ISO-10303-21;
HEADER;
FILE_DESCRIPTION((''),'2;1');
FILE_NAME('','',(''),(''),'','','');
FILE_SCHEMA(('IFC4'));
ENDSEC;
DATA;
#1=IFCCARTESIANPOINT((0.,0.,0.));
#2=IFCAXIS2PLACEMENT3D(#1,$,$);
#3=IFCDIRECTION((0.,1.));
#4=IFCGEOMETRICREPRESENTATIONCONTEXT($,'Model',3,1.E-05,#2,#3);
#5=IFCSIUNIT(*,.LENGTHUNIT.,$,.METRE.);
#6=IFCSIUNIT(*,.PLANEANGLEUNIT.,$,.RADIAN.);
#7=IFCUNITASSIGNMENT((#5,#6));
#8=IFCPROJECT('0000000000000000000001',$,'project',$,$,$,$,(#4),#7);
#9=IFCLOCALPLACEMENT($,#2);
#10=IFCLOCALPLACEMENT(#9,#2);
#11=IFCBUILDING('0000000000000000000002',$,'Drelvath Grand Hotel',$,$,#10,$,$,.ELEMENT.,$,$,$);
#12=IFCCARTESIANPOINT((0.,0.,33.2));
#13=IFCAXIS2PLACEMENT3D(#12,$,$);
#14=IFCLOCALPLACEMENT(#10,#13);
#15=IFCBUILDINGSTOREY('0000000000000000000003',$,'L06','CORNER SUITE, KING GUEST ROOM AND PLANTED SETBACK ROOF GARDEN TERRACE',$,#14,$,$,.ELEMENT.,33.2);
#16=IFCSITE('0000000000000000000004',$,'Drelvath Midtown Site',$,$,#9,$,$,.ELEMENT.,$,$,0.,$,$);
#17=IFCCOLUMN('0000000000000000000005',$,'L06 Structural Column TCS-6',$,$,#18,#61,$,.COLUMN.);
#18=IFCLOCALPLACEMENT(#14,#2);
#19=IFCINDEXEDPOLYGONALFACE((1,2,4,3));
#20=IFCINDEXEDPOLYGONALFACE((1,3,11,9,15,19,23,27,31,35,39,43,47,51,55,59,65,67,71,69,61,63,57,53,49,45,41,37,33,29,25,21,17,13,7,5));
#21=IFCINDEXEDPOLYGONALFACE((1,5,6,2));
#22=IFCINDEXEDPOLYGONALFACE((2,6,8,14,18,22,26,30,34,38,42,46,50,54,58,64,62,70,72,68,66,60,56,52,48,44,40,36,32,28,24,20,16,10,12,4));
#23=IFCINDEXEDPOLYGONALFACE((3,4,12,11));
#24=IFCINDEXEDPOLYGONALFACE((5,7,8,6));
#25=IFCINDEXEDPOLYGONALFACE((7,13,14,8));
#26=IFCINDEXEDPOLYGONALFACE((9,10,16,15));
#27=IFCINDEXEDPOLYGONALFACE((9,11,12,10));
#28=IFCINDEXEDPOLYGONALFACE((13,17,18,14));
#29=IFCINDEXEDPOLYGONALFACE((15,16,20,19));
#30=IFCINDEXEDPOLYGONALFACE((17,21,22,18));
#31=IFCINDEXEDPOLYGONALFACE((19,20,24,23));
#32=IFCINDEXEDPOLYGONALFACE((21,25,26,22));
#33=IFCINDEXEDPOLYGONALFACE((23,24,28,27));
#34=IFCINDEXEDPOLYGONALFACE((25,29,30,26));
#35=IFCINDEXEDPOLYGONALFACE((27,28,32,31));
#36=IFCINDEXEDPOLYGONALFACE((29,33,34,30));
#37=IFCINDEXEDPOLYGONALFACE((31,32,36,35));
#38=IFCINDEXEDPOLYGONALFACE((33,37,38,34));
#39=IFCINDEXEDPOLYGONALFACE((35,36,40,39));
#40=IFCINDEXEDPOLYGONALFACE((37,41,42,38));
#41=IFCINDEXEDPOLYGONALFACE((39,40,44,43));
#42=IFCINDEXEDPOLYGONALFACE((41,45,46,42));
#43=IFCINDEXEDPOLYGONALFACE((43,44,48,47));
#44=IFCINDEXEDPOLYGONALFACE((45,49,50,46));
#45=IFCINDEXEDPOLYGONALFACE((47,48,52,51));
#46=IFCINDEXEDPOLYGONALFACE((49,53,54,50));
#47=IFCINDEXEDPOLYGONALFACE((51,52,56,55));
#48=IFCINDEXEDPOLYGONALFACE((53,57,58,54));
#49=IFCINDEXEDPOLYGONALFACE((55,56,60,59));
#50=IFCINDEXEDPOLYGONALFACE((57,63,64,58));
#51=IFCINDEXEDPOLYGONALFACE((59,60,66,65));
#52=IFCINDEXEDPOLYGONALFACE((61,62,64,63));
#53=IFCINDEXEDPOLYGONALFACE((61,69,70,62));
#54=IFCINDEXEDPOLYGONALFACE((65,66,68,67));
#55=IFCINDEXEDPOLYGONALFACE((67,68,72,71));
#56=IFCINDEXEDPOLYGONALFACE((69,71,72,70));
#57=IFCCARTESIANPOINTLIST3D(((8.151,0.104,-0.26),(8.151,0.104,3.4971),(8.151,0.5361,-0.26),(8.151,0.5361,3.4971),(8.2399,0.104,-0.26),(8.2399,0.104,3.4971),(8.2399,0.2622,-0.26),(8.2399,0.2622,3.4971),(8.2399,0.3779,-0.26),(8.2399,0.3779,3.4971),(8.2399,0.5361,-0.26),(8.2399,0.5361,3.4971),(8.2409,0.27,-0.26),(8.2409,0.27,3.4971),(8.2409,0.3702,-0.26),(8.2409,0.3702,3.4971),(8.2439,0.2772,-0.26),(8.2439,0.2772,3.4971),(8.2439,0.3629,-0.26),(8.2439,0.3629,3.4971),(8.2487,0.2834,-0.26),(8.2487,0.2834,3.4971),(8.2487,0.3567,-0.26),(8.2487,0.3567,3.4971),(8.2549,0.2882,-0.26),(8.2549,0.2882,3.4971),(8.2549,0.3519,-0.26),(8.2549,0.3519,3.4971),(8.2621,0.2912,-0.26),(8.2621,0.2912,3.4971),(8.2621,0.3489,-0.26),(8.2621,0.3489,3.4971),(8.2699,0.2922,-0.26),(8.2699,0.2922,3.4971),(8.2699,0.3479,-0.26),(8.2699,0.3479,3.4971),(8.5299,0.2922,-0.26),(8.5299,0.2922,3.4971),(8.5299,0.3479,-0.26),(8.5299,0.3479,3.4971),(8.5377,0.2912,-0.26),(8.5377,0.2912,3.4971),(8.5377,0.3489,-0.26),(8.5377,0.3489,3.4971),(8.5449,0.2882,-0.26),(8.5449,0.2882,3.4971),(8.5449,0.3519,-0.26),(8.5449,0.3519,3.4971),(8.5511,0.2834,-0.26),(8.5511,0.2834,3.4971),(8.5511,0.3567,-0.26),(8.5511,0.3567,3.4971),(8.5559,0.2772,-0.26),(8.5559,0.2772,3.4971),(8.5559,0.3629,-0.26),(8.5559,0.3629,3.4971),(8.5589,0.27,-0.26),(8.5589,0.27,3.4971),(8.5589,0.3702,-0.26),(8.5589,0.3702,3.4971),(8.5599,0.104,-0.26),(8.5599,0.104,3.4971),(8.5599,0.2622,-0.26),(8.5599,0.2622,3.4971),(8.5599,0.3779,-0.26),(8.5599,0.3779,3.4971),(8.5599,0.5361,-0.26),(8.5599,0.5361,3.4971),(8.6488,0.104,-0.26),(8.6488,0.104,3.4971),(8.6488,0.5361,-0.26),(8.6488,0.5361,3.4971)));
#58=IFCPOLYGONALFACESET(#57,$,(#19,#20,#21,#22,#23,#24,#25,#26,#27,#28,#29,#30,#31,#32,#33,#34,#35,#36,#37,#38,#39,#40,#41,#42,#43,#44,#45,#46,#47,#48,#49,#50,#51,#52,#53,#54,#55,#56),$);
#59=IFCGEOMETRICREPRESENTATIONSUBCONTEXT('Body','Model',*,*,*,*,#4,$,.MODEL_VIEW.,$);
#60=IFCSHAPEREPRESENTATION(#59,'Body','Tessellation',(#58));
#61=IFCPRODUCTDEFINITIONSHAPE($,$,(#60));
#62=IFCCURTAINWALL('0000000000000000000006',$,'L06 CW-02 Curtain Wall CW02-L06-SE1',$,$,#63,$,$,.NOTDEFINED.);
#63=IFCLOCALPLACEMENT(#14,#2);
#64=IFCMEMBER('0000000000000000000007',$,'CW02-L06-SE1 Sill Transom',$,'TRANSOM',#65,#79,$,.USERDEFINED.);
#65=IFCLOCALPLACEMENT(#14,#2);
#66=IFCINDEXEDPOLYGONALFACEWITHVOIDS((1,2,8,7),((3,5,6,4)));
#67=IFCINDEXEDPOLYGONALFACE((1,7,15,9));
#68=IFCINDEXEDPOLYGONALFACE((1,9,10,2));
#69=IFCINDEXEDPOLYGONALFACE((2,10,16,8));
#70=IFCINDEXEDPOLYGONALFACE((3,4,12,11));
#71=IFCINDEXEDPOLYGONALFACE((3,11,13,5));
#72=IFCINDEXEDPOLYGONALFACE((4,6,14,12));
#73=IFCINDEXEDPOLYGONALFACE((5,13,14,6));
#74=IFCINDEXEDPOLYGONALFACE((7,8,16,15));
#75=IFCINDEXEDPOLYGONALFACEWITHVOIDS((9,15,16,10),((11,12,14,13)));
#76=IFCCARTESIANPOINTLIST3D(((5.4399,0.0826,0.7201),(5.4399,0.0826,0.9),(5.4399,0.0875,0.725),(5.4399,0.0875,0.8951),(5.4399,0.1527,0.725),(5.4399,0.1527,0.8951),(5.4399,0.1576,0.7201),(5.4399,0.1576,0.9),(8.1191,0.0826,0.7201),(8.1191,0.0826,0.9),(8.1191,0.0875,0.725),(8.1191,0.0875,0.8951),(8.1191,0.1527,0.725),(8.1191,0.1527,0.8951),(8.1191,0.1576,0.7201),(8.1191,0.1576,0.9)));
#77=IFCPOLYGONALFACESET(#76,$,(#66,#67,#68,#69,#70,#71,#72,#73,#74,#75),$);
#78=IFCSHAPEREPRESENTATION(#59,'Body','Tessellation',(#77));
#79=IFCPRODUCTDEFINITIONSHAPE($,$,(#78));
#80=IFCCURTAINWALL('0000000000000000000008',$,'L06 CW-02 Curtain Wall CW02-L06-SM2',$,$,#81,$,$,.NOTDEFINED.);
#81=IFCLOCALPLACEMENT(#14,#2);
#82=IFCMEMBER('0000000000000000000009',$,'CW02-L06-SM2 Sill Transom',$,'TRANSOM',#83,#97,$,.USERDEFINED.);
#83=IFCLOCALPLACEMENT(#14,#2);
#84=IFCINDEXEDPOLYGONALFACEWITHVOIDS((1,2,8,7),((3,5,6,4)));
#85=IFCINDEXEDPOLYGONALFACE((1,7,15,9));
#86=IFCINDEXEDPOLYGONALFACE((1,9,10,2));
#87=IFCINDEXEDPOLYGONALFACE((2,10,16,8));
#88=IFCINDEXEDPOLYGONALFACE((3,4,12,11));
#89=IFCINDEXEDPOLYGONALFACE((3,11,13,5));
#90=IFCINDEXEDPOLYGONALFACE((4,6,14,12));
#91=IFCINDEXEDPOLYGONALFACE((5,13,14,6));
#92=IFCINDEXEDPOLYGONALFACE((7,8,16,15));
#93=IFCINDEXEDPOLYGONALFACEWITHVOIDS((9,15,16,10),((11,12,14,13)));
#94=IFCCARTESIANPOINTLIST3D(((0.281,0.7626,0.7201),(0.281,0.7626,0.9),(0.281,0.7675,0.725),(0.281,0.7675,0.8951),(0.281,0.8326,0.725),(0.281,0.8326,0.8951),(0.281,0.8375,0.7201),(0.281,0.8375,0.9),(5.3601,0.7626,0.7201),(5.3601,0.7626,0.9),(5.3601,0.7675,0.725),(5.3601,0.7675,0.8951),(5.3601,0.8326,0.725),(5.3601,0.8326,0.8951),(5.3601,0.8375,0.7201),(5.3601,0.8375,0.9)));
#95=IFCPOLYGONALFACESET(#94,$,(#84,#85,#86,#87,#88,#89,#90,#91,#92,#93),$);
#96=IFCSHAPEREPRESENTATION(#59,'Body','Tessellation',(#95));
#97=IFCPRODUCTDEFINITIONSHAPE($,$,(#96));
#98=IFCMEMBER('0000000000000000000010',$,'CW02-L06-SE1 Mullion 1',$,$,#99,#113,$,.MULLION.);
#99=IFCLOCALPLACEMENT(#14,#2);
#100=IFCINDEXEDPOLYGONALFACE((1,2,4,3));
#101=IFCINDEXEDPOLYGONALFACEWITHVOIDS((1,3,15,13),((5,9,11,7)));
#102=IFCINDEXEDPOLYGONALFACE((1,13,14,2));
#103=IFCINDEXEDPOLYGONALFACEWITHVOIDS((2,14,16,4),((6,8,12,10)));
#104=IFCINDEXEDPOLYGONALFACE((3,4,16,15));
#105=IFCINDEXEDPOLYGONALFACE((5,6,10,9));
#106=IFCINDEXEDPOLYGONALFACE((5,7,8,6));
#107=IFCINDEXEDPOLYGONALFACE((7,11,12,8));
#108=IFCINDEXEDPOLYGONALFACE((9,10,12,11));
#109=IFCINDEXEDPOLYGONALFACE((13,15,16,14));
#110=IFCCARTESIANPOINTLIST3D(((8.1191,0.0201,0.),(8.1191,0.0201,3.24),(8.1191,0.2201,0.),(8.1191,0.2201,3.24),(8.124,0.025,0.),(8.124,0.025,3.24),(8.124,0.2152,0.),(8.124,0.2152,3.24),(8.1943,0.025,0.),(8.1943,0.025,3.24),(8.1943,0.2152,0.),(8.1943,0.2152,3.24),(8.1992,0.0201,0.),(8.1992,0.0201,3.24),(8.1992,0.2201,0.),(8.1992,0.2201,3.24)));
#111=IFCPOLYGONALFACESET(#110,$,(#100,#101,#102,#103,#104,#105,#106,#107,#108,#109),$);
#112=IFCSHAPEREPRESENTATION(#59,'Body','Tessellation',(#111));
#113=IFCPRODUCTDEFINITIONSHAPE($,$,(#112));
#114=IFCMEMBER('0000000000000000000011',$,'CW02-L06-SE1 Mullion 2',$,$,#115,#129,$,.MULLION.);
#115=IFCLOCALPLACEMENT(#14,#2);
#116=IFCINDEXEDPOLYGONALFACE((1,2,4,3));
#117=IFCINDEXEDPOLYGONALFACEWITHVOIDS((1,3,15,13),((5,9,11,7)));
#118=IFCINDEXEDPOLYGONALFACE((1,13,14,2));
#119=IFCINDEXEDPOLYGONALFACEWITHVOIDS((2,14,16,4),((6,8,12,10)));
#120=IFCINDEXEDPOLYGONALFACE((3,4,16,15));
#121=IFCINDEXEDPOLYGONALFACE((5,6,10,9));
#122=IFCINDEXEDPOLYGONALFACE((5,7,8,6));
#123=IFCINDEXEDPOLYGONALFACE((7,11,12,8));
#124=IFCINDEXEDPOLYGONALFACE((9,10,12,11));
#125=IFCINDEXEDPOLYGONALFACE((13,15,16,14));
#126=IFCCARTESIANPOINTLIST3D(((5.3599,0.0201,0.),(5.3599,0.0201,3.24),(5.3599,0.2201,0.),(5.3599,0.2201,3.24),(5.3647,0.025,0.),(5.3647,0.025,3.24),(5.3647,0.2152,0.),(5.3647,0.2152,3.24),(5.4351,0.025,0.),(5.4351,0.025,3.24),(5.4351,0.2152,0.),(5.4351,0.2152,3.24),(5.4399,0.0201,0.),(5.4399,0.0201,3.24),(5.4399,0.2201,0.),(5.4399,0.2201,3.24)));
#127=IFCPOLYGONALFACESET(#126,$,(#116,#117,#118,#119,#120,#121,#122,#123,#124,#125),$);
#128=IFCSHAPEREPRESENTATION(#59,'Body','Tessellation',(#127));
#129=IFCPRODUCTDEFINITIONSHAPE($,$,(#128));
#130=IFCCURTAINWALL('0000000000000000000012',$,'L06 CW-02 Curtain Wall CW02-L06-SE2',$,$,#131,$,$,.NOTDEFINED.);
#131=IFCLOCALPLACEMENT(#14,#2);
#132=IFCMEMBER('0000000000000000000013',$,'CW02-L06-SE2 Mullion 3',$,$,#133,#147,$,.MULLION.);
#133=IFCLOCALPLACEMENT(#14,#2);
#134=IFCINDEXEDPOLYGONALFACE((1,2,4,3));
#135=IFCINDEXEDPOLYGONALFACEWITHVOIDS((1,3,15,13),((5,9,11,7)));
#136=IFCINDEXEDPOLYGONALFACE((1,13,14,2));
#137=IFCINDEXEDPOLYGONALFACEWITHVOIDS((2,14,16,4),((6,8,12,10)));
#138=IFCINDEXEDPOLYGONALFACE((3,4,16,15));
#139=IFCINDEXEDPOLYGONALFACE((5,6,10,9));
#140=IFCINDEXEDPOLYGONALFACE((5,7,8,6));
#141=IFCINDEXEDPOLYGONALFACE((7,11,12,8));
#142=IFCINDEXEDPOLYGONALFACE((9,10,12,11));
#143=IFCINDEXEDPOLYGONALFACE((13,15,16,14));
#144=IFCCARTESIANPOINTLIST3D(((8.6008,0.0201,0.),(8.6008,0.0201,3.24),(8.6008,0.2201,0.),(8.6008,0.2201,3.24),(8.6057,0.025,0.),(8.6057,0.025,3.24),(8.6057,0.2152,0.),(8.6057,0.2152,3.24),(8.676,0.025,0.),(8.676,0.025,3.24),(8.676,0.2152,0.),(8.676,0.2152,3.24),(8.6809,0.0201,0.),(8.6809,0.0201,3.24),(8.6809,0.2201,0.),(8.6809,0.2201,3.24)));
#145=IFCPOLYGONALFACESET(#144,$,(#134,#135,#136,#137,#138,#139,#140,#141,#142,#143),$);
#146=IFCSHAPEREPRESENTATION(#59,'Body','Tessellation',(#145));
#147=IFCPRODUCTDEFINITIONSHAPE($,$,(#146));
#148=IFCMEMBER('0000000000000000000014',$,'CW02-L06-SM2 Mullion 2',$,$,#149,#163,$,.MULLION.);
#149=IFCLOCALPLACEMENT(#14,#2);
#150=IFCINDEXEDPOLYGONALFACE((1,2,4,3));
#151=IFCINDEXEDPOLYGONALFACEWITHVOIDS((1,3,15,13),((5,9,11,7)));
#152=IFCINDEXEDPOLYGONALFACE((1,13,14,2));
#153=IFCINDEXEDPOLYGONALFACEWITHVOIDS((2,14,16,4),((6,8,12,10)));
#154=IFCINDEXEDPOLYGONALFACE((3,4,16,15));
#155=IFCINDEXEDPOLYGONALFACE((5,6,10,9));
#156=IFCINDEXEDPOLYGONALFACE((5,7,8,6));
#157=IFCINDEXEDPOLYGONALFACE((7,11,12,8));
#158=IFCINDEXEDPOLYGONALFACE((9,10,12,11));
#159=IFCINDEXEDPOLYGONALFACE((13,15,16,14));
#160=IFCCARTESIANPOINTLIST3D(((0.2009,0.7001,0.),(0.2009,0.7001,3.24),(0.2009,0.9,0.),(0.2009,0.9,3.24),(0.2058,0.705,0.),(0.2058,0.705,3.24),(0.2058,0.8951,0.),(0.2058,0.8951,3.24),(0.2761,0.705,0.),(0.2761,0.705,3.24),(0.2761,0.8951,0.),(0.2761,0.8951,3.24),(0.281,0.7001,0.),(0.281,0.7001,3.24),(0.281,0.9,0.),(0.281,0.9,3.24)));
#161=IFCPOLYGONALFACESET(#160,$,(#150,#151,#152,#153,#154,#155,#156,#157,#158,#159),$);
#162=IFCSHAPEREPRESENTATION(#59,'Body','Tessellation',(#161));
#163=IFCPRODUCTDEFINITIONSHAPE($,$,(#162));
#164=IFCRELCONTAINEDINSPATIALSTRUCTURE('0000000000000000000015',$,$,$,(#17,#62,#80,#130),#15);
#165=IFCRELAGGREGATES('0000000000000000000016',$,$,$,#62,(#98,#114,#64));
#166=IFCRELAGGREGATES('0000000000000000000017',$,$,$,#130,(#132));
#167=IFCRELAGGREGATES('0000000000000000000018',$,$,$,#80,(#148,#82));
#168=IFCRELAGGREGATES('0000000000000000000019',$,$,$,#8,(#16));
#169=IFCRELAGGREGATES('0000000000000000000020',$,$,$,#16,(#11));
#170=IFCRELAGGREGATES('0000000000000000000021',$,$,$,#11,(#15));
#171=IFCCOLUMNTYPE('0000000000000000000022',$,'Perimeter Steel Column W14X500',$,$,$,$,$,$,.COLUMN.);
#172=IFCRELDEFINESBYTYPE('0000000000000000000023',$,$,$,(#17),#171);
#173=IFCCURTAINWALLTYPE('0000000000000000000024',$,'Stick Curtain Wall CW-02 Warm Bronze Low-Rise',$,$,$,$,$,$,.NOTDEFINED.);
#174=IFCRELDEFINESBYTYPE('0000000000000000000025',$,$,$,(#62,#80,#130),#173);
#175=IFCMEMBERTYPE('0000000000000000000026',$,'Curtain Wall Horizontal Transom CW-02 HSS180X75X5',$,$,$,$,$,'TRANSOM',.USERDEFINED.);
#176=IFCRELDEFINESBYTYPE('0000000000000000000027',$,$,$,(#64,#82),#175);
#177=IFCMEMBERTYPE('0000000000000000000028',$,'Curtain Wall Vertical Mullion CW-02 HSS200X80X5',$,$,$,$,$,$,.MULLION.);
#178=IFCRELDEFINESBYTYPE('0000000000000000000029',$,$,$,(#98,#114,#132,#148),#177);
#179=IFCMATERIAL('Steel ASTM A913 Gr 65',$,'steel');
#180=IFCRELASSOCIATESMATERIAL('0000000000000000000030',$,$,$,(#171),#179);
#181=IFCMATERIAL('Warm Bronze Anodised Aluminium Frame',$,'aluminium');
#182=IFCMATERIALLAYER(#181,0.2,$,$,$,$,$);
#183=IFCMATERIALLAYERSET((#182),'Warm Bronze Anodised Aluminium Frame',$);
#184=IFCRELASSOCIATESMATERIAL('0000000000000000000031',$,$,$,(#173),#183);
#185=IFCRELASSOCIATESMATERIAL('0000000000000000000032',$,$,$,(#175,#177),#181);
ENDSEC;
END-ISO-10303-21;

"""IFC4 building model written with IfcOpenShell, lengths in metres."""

from ifc_helpers import new_model, si_unit, direction, frame, origin, origin_2d, place, context, subcontext, project, spatial, hollow_rectangle, i_section, extrude, material, layer, layer_set, material_profile, profile_set, type_object, element, aggregate, save


model = new_model("IFC4")

# Units and contexts
model_context = context("Model", 3, precision=1e-05, world=origin(), true_north=direction((0.0, 1.0)))
body_context = subcontext(model_context, "Body", "Model", "MODEL_VIEW")
ifc_project = project(units=[si_unit("LENGTHUNIT", "METRE"), si_unit("PLANEANGLEUNIT", "RADIAN")], contexts=[model_context])

# Site, building, storey
site_placement = place(None, origin())
site = spatial("IfcSite", under=ifc_project, at=site_placement, Name="Drelvath Midtown Site", CompositionType="ELEMENT", RefElevation=0.0)
building_placement = place(site_placement, origin())
building = spatial("IfcBuilding", under=site, at=building_placement, Name="Drelvath Grand Hotel", CompositionType="ELEMENT")
storey_placement = place(building_placement, frame((0.0, 0.0, 33.2)))
storey = spatial("IfcBuildingStorey", under=building, at=storey_placement, Name="L06", Description="CORNER SUITE, KING GUEST ROOM AND PLANTED SETBACK ROOF GARDEN TERRACE", CompositionType="ELEMENT", Elevation=33.2)

# Column
ifc_material_1 = material(Name="Steel ASTM A913 Gr 65", Category="steel")
ifc_material_profile_1 = material_profile(ifc_material_1, i_section(OverallWidth=0.4321, OverallDepth=0.4978, WebThickness=0.0557, FlangeThickness=0.0889, FilletRadius=0.03, at=origin_2d()), Name="W14X500")
ifc_profile_set_1 = profile_set([ifc_material_profile_1], Name="Steel ASTM A913 Gr 65")
column_type = type_object("IfcColumnType", Name="Perimeter Steel Column W14X500", PredefinedType="COLUMN", material=ifc_profile_set_1)
column_placement = place(storey_placement, frame((8.3999, 0.3201, -0.26), z_axis=(0.0, 0.0, 1.0), x_axis=(0.0, 1.0, 0.0)))
element("IfcColumn", 1, at=column_placement, inside=storey, type_object=column_type, Name="L06 Structural Column TCS-6", PredefinedType="COLUMN", context=body_context, shape_type="SweptSolid", body=[
    extrude(i_section(OverallWidth=0.4321, OverallDepth=0.4978, WebThickness=0.0557, FlangeThickness=0.0889, FilletRadius=0.03, at=origin_2d()), origin(), (0.0, 0.0, 1.0), 3.7571),
])

# Curtain walls, members
ifc_material_2 = material(Name="Warm Bronze Anodised Aluminium Frame", Category="aluminium")
ifc_layer_1 = layer(ifc_material_2, 0.2)
ifc_layer_set_1 = layer_set([ifc_layer_1], Name="Warm Bronze Anodised Aluminium Frame")
curtain_wall_type = type_object("IfcCurtainWallType", Name="Stick Curtain Wall CW-02 Warm Bronze Low-Rise", PredefinedType="NOTDEFINED", material=ifc_layer_set_1)
curtain_wall_1_placement = place(storey_placement, origin())
curtain_wall_1 = element("IfcCurtainWall", 2, at=curtain_wall_1_placement, inside=storey, type_object=curtain_wall_type, Name="L06 CW-02 Curtain Wall CW02-L06-SE1", PredefinedType="NOTDEFINED")
ifc_material_profile_2 = material_profile(ifc_material_2, hollow_rectangle(XDim=0.075, YDim=0.1799, WallThickness=0.0049, at=origin_2d()), Name="HSS180X75X5")
ifc_profile_set_2 = profile_set([ifc_material_profile_2], Name="Warm Bronze Anodised Aluminium Frame")
member_type_1 = type_object("IfcMemberType", Name="Curtain Wall Horizontal Transom CW-02 HSS180X75X5", ElementType="TRANSOM", PredefinedType="USERDEFINED", material=ifc_profile_set_2)
member_1_placement = place(storey_placement, frame((8.1191, 0.1201, 0.8101), z_axis=(-1.0, 0.0, 0.0), x_axis=(0.0, -1.0, 0.0)))
member_1 = element("IfcMember", 3, at=member_1_placement, type_object=member_type_1, Name="CW02-L06-SE1 Sill Transom", ObjectType="TRANSOM", PredefinedType="USERDEFINED", context=body_context, shape_type="SweptSolid", body=[
    extrude(hollow_rectangle(XDim=0.075, YDim=0.1799, WallThickness=0.0049, at=origin_2d()), origin(), (0.0, 0.0, 1.0), 2.6792),
])
curtain_wall_2_placement = place(storey_placement, origin())
curtain_wall_2 = element("IfcCurtainWall", 4, at=curtain_wall_2_placement, inside=storey, type_object=curtain_wall_type, Name="L06 CW-02 Curtain Wall CW02-L06-SM2", PredefinedType="NOTDEFINED")
member_2_placement = place(storey_placement, frame((5.3601, 0.8, 0.8101), z_axis=(-1.0, 0.0, 0.0), x_axis=(0.0, -1.0, 0.0)))
member_2 = element("IfcMember", 5, at=member_2_placement, type_object=member_type_1, Name="CW02-L06-SM2 Sill Transom", ObjectType="TRANSOM", PredefinedType="USERDEFINED", context=body_context, shape_type="SweptSolid", body=[
    extrude(hollow_rectangle(XDim=0.075, YDim=0.1799, WallThickness=0.0049, at=origin_2d()), origin(), (0.0, 0.0, 1.0), 5.0791),
])

# Members
ifc_material_profile_3 = material_profile(ifc_material_2, hollow_rectangle(XDim=0.0801, YDim=0.2, WallThickness=0.0049, at=origin_2d()), Name="HSS200X80X5")
ifc_profile_set_3 = profile_set([ifc_material_profile_3], Name="Warm Bronze Anodised Aluminium Frame")
member_type_2 = type_object("IfcMemberType", Name="Curtain Wall Vertical Mullion CW-02 HSS200X80X5", PredefinedType="MULLION", material=ifc_profile_set_3)
member_3_placement = place(storey_placement, frame((8.1592, 0.1201, 0.0), z_axis=(0.0, 0.0, 1.0), x_axis=(1.0, 0.0, 0.0)))
member_3 = element("IfcMember", 6, at=member_3_placement, type_object=member_type_2, Name="CW02-L06-SE1 Mullion 1", PredefinedType="MULLION", context=body_context, shape_type="SweptSolid", body=[
    extrude(hollow_rectangle(XDim=0.0801, YDim=0.2, WallThickness=0.0049, at=origin_2d()), origin(), (0.0, 0.0, 1.0), 3.24),
])
member_4_placement = place(storey_placement, frame((5.3999, 0.1201, 0.0), z_axis=(0.0, 0.0, 1.0), x_axis=(1.0, 0.0, 0.0)))
member_4 = element("IfcMember", 7, at=member_4_placement, type_object=member_type_2, Name="CW02-L06-SE1 Mullion 2", PredefinedType="MULLION", context=body_context, shape_type="SweptSolid", body=[
    extrude(hollow_rectangle(XDim=0.0801, YDim=0.2, WallThickness=0.0049, at=origin_2d()), origin(), (0.0, 0.0, 1.0), 3.24),
])

# Curtain wall, member
curtain_wall_3_placement = place(storey_placement, origin())
curtain_wall_3 = element("IfcCurtainWall", 8, at=curtain_wall_3_placement, inside=storey, type_object=curtain_wall_type, Name="L06 CW-02 Curtain Wall CW02-L06-SE2", PredefinedType="NOTDEFINED")
member_5_placement = place(storey_placement, frame((8.6409, 0.1201, 0.0), z_axis=(0.0, 0.0, 1.0), x_axis=(1.0, 0.0, 0.0)))
member_5 = element("IfcMember", 9, at=member_5_placement, type_object=member_type_2, Name="CW02-L06-SE2 Mullion 3", PredefinedType="MULLION", context=body_context, shape_type="SweptSolid", body=[
    extrude(hollow_rectangle(XDim=0.0801, YDim=0.2, WallThickness=0.0049, at=origin_2d()), origin(), (0.0, 0.0, 1.0), 3.24),
])

# Member
member_6_placement = place(storey_placement, frame((0.241, 0.8, 0.0), z_axis=(0.0, 0.0, 1.0), x_axis=(1.0, 0.0, 0.0)))
member_6 = element("IfcMember", 10, at=member_6_placement, type_object=member_type_2, Name="CW02-L06-SM2 Mullion 2", PredefinedType="MULLION", context=body_context, shape_type="SweptSolid", body=[
    extrude(hollow_rectangle(XDim=0.0801, YDim=0.2, WallThickness=0.0049, at=origin_2d()), origin(), (0.0, 0.0, 1.0), 3.24),
])

aggregate(curtain_wall_1, [member_3, member_4, member_1])
aggregate(curtain_wall_3, [member_5])
aggregate(curtain_wall_2, [member_6, member_2])

save(model, "model.ifc")
